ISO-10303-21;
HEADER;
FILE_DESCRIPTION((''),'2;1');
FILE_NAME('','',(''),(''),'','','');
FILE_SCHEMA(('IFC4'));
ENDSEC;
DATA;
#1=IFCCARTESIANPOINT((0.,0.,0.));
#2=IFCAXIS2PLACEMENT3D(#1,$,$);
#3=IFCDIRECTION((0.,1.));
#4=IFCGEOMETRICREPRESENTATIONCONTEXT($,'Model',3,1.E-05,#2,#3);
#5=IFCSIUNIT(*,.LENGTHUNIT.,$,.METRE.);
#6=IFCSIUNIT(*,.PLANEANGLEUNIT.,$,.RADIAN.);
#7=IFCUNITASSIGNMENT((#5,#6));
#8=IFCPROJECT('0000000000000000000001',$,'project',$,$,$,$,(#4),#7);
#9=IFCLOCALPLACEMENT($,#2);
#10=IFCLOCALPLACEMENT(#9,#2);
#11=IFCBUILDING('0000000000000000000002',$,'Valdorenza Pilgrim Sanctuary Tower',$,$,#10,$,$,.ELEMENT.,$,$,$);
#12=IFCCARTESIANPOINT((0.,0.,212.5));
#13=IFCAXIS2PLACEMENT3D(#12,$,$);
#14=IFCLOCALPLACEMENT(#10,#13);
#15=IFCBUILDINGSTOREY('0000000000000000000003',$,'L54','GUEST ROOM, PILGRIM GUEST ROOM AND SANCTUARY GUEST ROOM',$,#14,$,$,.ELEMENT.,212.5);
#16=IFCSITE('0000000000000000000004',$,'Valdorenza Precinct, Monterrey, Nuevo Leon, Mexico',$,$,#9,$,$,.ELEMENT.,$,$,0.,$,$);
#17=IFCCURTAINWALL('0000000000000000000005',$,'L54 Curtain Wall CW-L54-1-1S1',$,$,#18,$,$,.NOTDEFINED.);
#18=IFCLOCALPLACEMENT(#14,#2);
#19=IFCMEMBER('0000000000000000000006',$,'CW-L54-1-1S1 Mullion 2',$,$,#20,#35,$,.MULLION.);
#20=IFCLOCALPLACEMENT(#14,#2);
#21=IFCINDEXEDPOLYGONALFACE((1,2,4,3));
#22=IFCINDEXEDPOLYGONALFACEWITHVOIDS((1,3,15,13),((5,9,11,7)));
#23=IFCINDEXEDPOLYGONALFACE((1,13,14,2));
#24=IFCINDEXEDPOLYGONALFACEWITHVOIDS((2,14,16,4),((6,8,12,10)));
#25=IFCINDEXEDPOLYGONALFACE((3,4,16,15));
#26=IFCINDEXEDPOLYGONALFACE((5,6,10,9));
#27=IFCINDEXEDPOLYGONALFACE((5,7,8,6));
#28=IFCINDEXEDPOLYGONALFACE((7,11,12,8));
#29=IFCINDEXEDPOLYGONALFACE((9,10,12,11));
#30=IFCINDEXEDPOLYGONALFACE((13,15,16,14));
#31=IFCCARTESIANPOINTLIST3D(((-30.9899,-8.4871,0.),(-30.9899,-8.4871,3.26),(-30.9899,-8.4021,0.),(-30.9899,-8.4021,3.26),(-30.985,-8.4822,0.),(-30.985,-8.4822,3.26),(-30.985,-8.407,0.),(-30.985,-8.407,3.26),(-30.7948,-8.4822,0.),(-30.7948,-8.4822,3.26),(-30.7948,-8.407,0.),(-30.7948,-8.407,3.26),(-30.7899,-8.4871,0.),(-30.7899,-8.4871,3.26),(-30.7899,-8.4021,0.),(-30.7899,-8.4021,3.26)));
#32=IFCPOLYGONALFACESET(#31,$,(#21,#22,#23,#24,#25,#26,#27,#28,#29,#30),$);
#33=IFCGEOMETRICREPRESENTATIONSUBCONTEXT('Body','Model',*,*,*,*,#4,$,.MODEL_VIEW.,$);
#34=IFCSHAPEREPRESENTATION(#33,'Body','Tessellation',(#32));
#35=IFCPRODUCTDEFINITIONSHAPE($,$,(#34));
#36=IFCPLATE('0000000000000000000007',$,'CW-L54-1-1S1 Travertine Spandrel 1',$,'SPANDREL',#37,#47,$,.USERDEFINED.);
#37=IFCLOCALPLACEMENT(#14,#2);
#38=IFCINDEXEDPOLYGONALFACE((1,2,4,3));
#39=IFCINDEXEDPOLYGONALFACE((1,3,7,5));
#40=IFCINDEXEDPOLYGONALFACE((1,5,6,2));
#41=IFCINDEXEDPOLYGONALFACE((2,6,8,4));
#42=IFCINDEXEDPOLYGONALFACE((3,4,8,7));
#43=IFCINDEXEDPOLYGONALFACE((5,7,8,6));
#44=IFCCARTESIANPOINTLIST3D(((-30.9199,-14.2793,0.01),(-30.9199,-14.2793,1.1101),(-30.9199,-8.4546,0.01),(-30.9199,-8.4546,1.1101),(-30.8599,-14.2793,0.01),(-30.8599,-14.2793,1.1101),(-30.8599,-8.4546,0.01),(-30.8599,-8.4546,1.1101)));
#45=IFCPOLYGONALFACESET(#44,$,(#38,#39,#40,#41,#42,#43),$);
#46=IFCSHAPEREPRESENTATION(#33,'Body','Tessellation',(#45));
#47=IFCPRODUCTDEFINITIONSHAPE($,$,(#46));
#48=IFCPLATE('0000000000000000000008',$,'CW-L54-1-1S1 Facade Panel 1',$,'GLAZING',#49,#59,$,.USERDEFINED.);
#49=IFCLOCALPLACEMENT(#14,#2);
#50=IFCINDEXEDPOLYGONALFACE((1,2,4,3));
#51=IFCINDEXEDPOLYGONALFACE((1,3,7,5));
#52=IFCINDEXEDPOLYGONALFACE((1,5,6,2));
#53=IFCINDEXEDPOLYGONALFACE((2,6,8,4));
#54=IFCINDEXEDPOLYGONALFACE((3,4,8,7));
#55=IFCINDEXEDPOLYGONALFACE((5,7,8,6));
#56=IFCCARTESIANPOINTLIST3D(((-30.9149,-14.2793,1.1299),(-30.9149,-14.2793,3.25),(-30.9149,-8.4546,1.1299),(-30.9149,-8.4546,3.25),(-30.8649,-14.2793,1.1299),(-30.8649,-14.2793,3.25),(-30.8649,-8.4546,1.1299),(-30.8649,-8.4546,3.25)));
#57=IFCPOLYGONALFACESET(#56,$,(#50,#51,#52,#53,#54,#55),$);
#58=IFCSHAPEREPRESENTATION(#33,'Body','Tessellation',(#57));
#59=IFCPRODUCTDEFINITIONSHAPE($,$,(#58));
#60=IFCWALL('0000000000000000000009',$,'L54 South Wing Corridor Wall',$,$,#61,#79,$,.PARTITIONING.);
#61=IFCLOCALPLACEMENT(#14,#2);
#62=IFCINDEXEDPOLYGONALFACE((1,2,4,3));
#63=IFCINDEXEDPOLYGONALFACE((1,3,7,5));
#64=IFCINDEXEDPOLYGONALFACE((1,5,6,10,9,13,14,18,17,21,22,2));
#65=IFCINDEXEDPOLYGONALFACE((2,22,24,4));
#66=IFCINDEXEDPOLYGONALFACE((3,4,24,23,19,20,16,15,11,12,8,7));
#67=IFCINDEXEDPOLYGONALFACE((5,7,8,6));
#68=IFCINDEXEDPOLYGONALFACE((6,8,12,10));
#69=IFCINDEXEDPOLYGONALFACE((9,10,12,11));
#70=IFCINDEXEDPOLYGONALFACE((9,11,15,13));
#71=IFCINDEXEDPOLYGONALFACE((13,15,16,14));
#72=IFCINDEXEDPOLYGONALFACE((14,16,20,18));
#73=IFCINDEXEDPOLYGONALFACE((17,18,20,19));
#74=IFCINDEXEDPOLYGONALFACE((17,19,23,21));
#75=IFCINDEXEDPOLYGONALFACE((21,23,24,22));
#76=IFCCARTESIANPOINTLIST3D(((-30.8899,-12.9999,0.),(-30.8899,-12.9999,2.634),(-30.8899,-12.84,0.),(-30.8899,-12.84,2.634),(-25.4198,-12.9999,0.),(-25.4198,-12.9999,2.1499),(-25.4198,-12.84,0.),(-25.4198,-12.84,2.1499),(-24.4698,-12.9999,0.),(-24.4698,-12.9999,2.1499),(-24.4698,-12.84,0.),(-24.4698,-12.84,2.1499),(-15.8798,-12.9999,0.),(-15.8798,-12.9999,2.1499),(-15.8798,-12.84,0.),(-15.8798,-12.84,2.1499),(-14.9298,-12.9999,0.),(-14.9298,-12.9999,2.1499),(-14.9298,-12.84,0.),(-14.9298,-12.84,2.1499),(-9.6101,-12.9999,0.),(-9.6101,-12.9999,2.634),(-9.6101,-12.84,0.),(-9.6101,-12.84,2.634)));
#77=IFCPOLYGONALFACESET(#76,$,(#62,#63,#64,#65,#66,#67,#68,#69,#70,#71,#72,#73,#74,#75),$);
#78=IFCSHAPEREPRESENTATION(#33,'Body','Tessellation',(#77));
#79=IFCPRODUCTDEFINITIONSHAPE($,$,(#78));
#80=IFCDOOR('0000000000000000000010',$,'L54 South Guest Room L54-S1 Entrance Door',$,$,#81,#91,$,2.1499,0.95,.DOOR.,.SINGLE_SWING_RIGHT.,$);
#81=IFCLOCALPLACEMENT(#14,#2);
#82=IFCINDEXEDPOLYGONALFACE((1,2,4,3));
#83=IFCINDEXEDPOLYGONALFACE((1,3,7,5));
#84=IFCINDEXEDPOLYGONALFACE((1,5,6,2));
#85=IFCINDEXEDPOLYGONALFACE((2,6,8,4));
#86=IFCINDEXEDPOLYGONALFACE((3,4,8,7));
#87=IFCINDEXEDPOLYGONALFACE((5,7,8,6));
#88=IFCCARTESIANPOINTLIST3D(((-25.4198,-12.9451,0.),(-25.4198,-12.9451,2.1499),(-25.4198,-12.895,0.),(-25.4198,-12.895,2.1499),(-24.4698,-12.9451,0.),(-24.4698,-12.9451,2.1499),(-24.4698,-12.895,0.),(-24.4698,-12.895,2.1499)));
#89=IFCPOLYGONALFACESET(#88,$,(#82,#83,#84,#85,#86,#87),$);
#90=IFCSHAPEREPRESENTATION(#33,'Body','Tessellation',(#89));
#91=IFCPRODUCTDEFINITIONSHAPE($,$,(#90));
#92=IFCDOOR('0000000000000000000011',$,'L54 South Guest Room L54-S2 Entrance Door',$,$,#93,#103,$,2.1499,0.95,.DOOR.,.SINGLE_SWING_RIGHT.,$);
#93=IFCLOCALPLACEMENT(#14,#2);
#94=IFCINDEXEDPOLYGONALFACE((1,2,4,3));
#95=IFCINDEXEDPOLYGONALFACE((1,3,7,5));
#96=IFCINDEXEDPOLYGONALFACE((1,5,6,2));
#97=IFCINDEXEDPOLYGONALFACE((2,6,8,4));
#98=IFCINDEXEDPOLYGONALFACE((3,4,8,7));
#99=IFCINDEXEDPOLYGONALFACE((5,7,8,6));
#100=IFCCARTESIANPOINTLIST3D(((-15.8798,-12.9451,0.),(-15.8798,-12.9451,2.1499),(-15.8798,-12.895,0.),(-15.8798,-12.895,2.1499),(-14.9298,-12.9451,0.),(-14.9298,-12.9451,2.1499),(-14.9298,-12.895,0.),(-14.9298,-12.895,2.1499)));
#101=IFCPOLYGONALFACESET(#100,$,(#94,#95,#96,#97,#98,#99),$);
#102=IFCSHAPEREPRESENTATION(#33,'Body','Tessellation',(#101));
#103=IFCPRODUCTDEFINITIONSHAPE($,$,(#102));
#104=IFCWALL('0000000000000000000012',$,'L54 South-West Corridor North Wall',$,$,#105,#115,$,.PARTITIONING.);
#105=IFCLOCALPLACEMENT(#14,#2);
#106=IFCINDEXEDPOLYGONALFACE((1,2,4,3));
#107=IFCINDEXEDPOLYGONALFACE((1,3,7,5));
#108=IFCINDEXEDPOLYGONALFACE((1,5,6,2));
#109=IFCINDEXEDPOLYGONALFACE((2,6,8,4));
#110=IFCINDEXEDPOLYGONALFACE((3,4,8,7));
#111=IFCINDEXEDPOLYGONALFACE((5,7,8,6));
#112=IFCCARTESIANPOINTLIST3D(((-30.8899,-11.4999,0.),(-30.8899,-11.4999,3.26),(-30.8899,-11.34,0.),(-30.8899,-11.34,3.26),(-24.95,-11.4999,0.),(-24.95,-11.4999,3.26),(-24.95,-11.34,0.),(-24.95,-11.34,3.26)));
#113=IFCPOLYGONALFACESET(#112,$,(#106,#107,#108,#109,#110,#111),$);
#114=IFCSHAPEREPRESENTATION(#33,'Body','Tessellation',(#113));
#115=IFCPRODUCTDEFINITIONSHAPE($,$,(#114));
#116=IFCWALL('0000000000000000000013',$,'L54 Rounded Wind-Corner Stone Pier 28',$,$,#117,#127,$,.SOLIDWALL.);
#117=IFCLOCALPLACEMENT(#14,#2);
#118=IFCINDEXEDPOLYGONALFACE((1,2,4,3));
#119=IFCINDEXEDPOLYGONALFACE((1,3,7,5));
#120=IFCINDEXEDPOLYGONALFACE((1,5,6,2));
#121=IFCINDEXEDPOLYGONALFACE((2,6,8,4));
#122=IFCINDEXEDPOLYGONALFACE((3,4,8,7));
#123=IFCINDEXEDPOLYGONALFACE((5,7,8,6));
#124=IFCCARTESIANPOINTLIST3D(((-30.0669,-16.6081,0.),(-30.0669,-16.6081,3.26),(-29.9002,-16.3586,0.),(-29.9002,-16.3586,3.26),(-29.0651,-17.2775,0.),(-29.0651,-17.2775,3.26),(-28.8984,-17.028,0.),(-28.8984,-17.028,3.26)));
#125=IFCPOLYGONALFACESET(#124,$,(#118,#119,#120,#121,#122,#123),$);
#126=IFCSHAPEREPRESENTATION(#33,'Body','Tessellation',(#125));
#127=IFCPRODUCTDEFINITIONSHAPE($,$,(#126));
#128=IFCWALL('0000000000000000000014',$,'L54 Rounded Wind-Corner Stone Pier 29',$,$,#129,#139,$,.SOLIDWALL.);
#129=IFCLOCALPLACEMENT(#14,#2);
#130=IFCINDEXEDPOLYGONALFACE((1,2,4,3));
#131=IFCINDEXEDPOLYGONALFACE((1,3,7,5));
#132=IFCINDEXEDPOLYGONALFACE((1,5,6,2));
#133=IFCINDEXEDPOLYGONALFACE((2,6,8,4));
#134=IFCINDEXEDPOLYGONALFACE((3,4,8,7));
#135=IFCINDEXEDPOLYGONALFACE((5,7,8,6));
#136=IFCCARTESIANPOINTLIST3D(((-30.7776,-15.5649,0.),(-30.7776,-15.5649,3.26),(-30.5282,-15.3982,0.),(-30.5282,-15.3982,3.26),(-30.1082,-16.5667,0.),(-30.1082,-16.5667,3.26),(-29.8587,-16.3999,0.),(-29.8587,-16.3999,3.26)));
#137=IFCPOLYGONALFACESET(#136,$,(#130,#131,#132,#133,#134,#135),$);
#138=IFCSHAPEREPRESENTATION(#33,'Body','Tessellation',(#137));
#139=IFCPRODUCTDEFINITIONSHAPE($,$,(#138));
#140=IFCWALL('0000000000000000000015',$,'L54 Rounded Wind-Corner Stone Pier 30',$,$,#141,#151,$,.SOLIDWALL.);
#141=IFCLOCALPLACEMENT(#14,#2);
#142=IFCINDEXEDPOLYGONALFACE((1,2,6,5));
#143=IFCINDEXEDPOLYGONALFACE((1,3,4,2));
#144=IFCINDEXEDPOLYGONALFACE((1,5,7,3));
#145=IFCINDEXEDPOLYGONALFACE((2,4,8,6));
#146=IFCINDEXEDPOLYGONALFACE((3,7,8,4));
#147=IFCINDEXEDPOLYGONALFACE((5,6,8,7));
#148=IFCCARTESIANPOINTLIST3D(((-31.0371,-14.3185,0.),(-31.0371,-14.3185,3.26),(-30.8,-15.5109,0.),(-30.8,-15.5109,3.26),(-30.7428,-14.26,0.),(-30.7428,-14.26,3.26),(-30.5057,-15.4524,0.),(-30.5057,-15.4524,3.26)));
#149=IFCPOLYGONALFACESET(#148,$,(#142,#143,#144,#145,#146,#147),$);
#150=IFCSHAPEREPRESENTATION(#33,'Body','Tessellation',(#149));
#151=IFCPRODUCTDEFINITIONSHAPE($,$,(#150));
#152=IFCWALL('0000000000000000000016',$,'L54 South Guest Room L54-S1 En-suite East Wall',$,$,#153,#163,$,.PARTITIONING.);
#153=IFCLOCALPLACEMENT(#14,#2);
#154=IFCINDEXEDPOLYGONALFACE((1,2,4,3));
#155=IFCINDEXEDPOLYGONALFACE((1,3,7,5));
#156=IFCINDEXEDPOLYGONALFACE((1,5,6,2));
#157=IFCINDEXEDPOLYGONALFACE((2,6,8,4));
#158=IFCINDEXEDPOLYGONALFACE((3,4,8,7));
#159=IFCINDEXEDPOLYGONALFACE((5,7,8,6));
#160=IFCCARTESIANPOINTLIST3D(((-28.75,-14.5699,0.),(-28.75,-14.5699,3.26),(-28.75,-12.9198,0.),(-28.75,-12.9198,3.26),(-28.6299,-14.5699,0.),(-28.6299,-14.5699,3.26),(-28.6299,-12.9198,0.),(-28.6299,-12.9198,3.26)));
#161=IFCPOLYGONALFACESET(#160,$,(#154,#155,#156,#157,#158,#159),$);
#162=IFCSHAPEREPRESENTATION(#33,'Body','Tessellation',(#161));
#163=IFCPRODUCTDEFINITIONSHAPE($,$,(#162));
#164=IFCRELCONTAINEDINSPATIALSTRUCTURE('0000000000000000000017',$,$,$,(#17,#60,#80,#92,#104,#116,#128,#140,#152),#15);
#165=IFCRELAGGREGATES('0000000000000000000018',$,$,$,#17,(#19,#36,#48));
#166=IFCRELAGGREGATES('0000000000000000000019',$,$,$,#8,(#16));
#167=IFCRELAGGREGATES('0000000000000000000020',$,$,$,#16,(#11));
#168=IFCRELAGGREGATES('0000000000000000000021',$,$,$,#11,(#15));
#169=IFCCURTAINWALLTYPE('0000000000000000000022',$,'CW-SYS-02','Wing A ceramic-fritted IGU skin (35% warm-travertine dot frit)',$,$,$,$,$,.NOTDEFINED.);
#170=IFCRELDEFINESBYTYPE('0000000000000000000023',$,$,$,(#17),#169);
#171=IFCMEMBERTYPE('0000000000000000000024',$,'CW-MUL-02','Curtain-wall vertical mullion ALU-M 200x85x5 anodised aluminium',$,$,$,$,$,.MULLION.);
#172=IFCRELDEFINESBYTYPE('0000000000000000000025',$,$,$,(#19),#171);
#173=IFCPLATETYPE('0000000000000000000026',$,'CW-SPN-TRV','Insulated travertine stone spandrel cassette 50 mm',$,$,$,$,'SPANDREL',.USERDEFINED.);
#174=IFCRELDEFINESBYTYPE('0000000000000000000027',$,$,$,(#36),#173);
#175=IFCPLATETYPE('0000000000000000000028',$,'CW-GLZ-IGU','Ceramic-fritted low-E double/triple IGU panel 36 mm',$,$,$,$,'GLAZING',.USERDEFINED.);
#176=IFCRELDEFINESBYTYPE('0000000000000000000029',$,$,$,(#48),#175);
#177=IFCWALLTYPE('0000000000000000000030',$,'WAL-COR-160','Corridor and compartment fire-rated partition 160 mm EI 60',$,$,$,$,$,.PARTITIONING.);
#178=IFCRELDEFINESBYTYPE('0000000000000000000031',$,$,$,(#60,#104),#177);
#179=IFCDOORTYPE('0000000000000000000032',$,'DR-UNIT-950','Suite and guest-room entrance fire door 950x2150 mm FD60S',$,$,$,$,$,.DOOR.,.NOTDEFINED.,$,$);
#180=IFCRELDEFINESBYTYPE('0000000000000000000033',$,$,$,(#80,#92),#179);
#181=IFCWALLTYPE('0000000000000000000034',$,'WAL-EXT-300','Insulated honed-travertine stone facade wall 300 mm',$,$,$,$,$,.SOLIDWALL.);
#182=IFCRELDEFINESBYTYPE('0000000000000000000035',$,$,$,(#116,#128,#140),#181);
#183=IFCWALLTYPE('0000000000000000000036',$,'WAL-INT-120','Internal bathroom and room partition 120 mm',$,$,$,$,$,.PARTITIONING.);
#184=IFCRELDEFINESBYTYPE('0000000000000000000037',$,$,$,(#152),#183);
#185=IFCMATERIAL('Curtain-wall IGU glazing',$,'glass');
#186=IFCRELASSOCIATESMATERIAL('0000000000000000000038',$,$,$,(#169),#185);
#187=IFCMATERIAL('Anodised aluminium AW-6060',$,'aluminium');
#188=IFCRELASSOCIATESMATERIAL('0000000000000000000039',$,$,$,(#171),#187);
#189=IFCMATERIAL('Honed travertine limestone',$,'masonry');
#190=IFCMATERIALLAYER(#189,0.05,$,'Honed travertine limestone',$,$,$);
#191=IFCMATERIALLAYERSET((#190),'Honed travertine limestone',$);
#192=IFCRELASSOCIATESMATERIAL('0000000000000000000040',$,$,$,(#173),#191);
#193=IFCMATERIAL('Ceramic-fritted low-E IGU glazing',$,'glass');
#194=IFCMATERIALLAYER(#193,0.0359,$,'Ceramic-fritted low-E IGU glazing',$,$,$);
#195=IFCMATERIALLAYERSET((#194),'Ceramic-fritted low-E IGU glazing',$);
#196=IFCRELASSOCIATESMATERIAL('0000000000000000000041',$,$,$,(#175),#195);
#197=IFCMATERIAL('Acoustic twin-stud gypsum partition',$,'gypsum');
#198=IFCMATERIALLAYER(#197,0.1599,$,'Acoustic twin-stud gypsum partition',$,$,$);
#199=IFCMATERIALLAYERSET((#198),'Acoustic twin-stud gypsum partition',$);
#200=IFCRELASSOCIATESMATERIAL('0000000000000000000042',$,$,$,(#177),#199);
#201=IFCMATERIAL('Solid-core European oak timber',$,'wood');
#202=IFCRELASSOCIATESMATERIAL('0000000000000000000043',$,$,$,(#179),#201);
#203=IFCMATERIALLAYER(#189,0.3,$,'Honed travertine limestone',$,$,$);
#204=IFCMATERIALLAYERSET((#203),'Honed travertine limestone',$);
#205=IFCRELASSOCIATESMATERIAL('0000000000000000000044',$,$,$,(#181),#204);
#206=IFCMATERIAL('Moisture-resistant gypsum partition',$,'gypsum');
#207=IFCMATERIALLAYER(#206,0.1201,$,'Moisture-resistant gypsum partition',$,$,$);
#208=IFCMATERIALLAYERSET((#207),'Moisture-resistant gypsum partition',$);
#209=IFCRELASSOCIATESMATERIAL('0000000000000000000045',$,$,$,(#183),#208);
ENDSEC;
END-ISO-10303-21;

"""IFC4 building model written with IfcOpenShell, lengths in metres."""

from ifc_helpers import new_model, si_unit, direction, frame, frame_2d, origin, origin_2d, place, context, subcontext, project, spatial, rectangle, hollow_rectangle, extrude, source, transform, mapped, material, layer, layer_set, material_profile, profile_set, type_object, element, fill, aggregate, save


model = new_model("IFC4")

# Units and contexts
model_context = context("Model", 3, precision=1e-05, world=origin(), true_north=direction((0.0, 1.0)))
body_context = subcontext(model_context, "Body", "Model", "MODEL_VIEW")
ifc_project = project(units=[si_unit("LENGTHUNIT", "METRE"), si_unit("PLANEANGLEUNIT", "RADIAN")], contexts=[model_context])

# Site, building, storey
site_placement = place(None, origin())
site = spatial("IfcSite", under=ifc_project, at=site_placement, Name="Valdorenza Precinct, Monterrey, Nuevo Leon, Mexico", CompositionType="ELEMENT", RefElevation=0.0)
building_placement = place(site_placement, origin())
building = spatial("IfcBuilding", under=site, at=building_placement, Name="Valdorenza Pilgrim Sanctuary Tower", CompositionType="ELEMENT")
storey_placement = place(building_placement, frame((0.0, 0.0, 212.5)))
storey = spatial("IfcBuildingStorey", under=building, at=storey_placement, Name="L54", Description="GUEST ROOM, PILGRIM GUEST ROOM AND SANCTUARY GUEST ROOM", CompositionType="ELEMENT", Elevation=212.5)

# Curtain wall, member, plates
ifc_material_1 = material(Name="Curtain-wall IGU glazing", Category="glass")
curtain_wall_type = type_object("IfcCurtainWallType", Name="CW-SYS-02", Description="Wing A ceramic-fritted IGU skin (35% warm-travertine dot frit)", PredefinedType="NOTDEFINED", material=ifc_material_1)
curtain_wall_placement = place(storey_placement, origin())
curtain_wall = element("IfcCurtainWall", 1, at=curtain_wall_placement, inside=storey, type_object=curtain_wall_type, Name="L54 Curtain Wall CW-L54-1-1S1", PredefinedType="NOTDEFINED")
ifc_material_2 = material(Name="Anodised aluminium AW-6060", Category="aluminium")
ifc_material_profile_1 = material_profile(ifc_material_2, hollow_rectangle(XDim=0.085, YDim=0.2, WallThickness=0.0049, at=origin_2d()), Name="ALU-M 200x85x5")
ifc_profile_set_1 = profile_set([ifc_material_profile_1], Name="Anodised aluminium AW-6060")
member_type_1 = type_object("IfcMemberType", Name="CW-MUL-02", Description="Curtain-wall vertical mullion ALU-M 200x85x5 anodised aluminium", PredefinedType="MULLION", material=ifc_profile_set_1)
shared_shape_1 = source(origin(), body_context, "Body", "SweptSolid", [
    extrude(hollow_rectangle(XDim=0.085, YDim=0.2, WallThickness=0.0049, at=origin_2d()), origin(), (0.0, 0.0, 1.0), 3.26),
])
member_1_placement = place(storey_placement, frame((-30.8899, -8.4446, 0.0), z_axis=(0.0, 0.0, 1.0), x_axis=(0.0, 1.0, 0.0)))
member_1 = element("IfcMember", 2, at=member_1_placement, type_object=member_type_1, Name="CW-L54-1-1S1 Mullion 2", PredefinedType="MULLION", context=body_context, shape_type="MappedRepresentation", body=[
    mapped(shared_shape_1, transform((0.0, 0.0, 0.0), x_axis=(1.0, 0.0, 0.0), y_axis=(0.0, 1.0, 0.0), z_axis=(0.0, 0.0, 1.0), scale=1.0)),
])
ifc_material_3 = material(Name="Honed travertine limestone", Category="masonry")
ifc_layer_1 = layer(ifc_material_3, 0.05, Name="Honed travertine limestone")
ifc_layer_set_1 = layer_set([ifc_layer_1], Name="Honed travertine limestone")
plate_type_1 = type_object("IfcPlateType", Name="CW-SPN-TRV", Description="Insulated travertine stone spandrel cassette 50 mm", ElementType="SPANDREL", PredefinedType="USERDEFINED", material=ifc_layer_set_1)
shared_shape_2 = source(origin(), body_context, "Body", "SweptSolid", [
    extrude(rectangle(XDim=5.8247, YDim=0.0601, at=origin_2d()), origin(), (0.0, 0.0, 1.0), 1.1001),
])
plate_1_placement = place(storey_placement, frame((-30.8899, -11.3669, 0.01), z_axis=(0.0, 0.0, 1.0), x_axis=(0.0, 1.0, 0.0)))
plate_1 = element("IfcPlate", 3, at=plate_1_placement, type_object=plate_type_1, Name="CW-L54-1-1S1 Travertine Spandrel 1", ObjectType="SPANDREL", PredefinedType="USERDEFINED", context=body_context, shape_type="MappedRepresentation", body=[
    mapped(shared_shape_2, transform((0.0, 0.0, 0.0), x_axis=(1.0, 0.0, 0.0), y_axis=(0.0, 1.0, 0.0), z_axis=(0.0, 0.0, 1.0), scale=1.0)),
])
ifc_material_4 = material(Name="Ceramic-fritted low-E IGU glazing", Category="glass")
ifc_layer_2 = layer(ifc_material_4, 0.0359, Name="Ceramic-fritted low-E IGU glazing")
ifc_layer_set_2 = layer_set([ifc_layer_2], Name="Ceramic-fritted low-E IGU glazing")
plate_type_2 = type_object("IfcPlateType", Name="CW-GLZ-IGU", Description="Ceramic-fritted low-E double/triple IGU panel 36 mm", ElementType="GLAZING", PredefinedType="USERDEFINED", material=ifc_layer_set_2)
shared_shape_3 = source(origin(), body_context, "Body", "SweptSolid", [
    extrude(rectangle(XDim=5.8247, YDim=0.05, at=origin_2d()), origin(), (0.0, 0.0, 1.0), 2.1201),
])
plate_2_placement = place(storey_placement, frame((-30.8899, -11.3669, 1.1299), z_axis=(0.0, 0.0, 1.0), x_axis=(0.0, 1.0, 0.0)))
plate_2 = element("IfcPlate", 4, at=plate_2_placement, type_object=plate_type_2, Name="CW-L54-1-1S1 Facade Panel 1", ObjectType="GLAZING", PredefinedType="USERDEFINED", context=body_context, shape_type="MappedRepresentation", body=[
    mapped(shared_shape_3, transform((0.0, 0.0, 0.0), x_axis=(1.0, 0.0, 0.0), y_axis=(0.0, 1.0, 0.0), z_axis=(0.0, 0.0, 1.0), scale=1.0)),
])
aggregate(curtain_wall, [member_1, plate_1, plate_2])

# Wall, openings, doors
ifc_material_5 = material(Name="Acoustic twin-stud gypsum partition", Category="gypsum")
ifc_layer_3 = layer(ifc_material_5, 0.1599, Name="Acoustic twin-stud gypsum partition")
ifc_layer_set_3 = layer_set([ifc_layer_3], Name="Acoustic twin-stud gypsum partition")
wall_type_1 = type_object("IfcWallType", Name="WAL-COR-160", Description="Corridor and compartment fire-rated partition 160 mm EI 60", PredefinedType="PARTITIONING", material=ifc_layer_set_3)
wall_1_placement = place(storey_placement, frame((-30.8899, -12.9199, 0.0), z_axis=(0.0, 0.0, 1.0), x_axis=(1.0, 0.0, 0.0)))
wall_1 = element("IfcWall", 5, at=wall_1_placement, inside=storey, type_object=wall_type_1, Name="L54 South Wing Corridor Wall", PredefinedType="PARTITIONING", context=body_context, shape_type="SweptSolid", body=[
    extrude(rectangle(XDim=21.2798, YDim=0.1599, at=frame_2d((10.6399, 0.0))), origin(), (0.0, 0.0, 1.0), 2.634),
])
opening_1_placement = place(wall_1_placement, frame((5.47, 0.0, 0.0)))
opening_1 = element("IfcOpeningElement", 6, at=opening_1_placement, cuts=wall_1, PredefinedType="OPENING", context=body_context, shape_type="SweptSolid", body=[
    extrude(rectangle(XDim=0.95, YDim=2.1499, at=frame_2d((0.4751, 1.075))), frame((0.0, 0.0947, 0.0), z_axis=(0.0, -1.0, 0.0), x_axis=(1.0, 0.0, 0.0)), (0.0, 0.0, 1.0), 0.1897),
])
opening_2_placement = place(wall_1_placement, frame((15.01, 0.0, 0.0)))
opening_2 = element("IfcOpeningElement", 7, at=opening_2_placement, cuts=wall_1, PredefinedType="OPENING", context=body_context, shape_type="SweptSolid", body=[
    extrude(rectangle(XDim=0.95, YDim=2.1499, at=frame_2d((0.4751, 1.075))), frame((0.0, 0.0947, 0.0), z_axis=(0.0, -1.0, 0.0), x_axis=(1.0, 0.0, 0.0)), (0.0, 0.0, 1.0), 0.1897),
])
ifc_material_6 = material(Name="Solid-core European oak timber", Category="wood")
door_type_1 = type_object("IfcDoorType", Name="DR-UNIT-950", Description="Suite and guest-room entrance fire door 950x2150 mm FD60S", OperationType="NOTDEFINED", PredefinedType="DOOR", material=ifc_material_6)
door_1_placement = place(opening_1_placement, origin())
door_1 = element("IfcDoor", 8, at=door_1_placement, inside=storey, type_object=door_type_1, Name="L54 South Guest Room L54-S1 Entrance Door", OperationType="SINGLE_SWING_RIGHT", OverallHeight=2.1499, OverallWidth=0.95, PredefinedType="DOOR", context=body_context, shape_type="SweptSolid", body=[
    extrude(rectangle(XDim=0.95, YDim=2.1499, at=frame_2d((0.4751, 1.075))), frame((0.0, 0.0249, 0.0), z_axis=(0.0, -1.0, 0.0), x_axis=(1.0, 0.0, 0.0)), (0.0, 0.0, 1.0), 0.05),
])
fill(opening_1, door_1)
door_2_placement = place(opening_2_placement, origin())
door_2 = element("IfcDoor", 9, at=door_2_placement, inside=storey, type_object=door_type_1, Name="L54 South Guest Room L54-S2 Entrance Door", OperationType="SINGLE_SWING_RIGHT", OverallHeight=2.1499, OverallWidth=0.95, PredefinedType="DOOR", context=body_context, shape_type="SweptSolid", body=[
    extrude(rectangle(XDim=0.95, YDim=2.1499, at=frame_2d((0.4751, 1.075))), frame((0.0, 0.0249, 0.0), z_axis=(0.0, -1.0, 0.0), x_axis=(1.0, 0.0, 0.0)), (0.0, 0.0, 1.0), 0.05),
])
fill(opening_2, door_2)

# Walls
wall_2_placement = place(storey_placement, frame((-30.8899, -11.4199, 0.0), z_axis=(0.0, 0.0, 1.0), x_axis=(1.0, 0.0, 0.0)))
element("IfcWall", 10, at=wall_2_placement, inside=storey, type_object=wall_type_1, Name="L54 South-West Corridor North Wall", PredefinedType="PARTITIONING", context=body_context, shape_type="SweptSolid", body=[
    extrude(rectangle(XDim=5.9399, YDim=0.1599, at=frame_2d((2.97, 0.0))), origin(), (0.0, 0.0, 1.0), 3.26),
])
ifc_layer_4 = layer(ifc_material_3, 0.3, Name="Honed travertine limestone")
ifc_layer_set_4 = layer_set([ifc_layer_4], Name="Honed travertine limestone")
wall_type_2 = type_object("IfcWallType", Name="WAL-EXT-300", Description="Insulated honed-travertine stone facade wall 300 mm", PredefinedType="SOLIDWALL", material=ifc_layer_set_4)
for number, where, z_axis, x_axis, name in (
    (11, (-28.9817, -17.1528, 0.0), (0.0, 0.0, 1.0), (-0.831426, 0.555635, 0.0), "L54 Rounded Wind-Corner Stone Pier 28"),
    (12, (-29.9834, -16.4834, 0.0), (0.0, 0.0, 1.0), (-0.555635, 0.831426, 0.0), "L54 Rounded Wind-Corner Stone Pier 29"),
):
    element("IfcWall", number, at=place(storey_placement, frame(where, z_axis=z_axis, x_axis=x_axis)), inside=storey, type_object=wall_type_2, Name=name, PredefinedType="SOLIDWALL", context=body_context, shape_type="SweptSolid", body=[
        extrude(rectangle(XDim=1.2048, YDim=0.3, at=frame_2d((0.6025, 0.0))), origin(), (0.0, 0.0, 1.0), 3.26),
    ])
wall_3_placement = place(storey_placement, frame((-30.6528, -15.4817, 0.0), z_axis=(0.0, 0.0, 1.0), x_axis=(-0.194996, 0.980804, 0.0)))
element("IfcWall", 13, at=wall_3_placement, inside=storey, type_object=wall_type_2, Name="L54 Rounded Wind-Corner Stone Pier 30", PredefinedType="SOLIDWALL", context=body_context, shape_type="SweptSolid", body=[
    extrude(rectangle(XDim=1.2158, YDim=0.3, at=frame_2d((0.6079, 0.0))), origin(), (0.0, 0.0, 1.0), 3.26),
])
ifc_material_7 = material(Name="Moisture-resistant gypsum partition", Category="gypsum")
ifc_layer_5 = layer(ifc_material_7, 0.1201, Name="Moisture-resistant gypsum partition")
ifc_layer_set_5 = layer_set([ifc_layer_5], Name="Moisture-resistant gypsum partition")
wall_type_3 = type_object("IfcWallType", Name="WAL-INT-120", Description="Internal bathroom and room partition 120 mm", PredefinedType="PARTITIONING", material=ifc_layer_set_5)
wall_4_placement = place(storey_placement, frame((-28.6899, -14.5701, 0.0), z_axis=(0.0, 0.0, 1.0), x_axis=(0.0, 1.0, 0.0)))
element("IfcWall", 14, at=wall_4_placement, inside=storey, type_object=wall_type_3, Name="L54 South Guest Room L54-S1 En-suite East Wall", PredefinedType="PARTITIONING", context=body_context, shape_type="SweptSolid", body=[
    extrude(rectangle(XDim=1.6501, YDim=0.1201, at=frame_2d((0.8252, 0.0))), origin(), (0.0, 0.0, 1.0), 3.26),
])

save(model, "model.ifc")
